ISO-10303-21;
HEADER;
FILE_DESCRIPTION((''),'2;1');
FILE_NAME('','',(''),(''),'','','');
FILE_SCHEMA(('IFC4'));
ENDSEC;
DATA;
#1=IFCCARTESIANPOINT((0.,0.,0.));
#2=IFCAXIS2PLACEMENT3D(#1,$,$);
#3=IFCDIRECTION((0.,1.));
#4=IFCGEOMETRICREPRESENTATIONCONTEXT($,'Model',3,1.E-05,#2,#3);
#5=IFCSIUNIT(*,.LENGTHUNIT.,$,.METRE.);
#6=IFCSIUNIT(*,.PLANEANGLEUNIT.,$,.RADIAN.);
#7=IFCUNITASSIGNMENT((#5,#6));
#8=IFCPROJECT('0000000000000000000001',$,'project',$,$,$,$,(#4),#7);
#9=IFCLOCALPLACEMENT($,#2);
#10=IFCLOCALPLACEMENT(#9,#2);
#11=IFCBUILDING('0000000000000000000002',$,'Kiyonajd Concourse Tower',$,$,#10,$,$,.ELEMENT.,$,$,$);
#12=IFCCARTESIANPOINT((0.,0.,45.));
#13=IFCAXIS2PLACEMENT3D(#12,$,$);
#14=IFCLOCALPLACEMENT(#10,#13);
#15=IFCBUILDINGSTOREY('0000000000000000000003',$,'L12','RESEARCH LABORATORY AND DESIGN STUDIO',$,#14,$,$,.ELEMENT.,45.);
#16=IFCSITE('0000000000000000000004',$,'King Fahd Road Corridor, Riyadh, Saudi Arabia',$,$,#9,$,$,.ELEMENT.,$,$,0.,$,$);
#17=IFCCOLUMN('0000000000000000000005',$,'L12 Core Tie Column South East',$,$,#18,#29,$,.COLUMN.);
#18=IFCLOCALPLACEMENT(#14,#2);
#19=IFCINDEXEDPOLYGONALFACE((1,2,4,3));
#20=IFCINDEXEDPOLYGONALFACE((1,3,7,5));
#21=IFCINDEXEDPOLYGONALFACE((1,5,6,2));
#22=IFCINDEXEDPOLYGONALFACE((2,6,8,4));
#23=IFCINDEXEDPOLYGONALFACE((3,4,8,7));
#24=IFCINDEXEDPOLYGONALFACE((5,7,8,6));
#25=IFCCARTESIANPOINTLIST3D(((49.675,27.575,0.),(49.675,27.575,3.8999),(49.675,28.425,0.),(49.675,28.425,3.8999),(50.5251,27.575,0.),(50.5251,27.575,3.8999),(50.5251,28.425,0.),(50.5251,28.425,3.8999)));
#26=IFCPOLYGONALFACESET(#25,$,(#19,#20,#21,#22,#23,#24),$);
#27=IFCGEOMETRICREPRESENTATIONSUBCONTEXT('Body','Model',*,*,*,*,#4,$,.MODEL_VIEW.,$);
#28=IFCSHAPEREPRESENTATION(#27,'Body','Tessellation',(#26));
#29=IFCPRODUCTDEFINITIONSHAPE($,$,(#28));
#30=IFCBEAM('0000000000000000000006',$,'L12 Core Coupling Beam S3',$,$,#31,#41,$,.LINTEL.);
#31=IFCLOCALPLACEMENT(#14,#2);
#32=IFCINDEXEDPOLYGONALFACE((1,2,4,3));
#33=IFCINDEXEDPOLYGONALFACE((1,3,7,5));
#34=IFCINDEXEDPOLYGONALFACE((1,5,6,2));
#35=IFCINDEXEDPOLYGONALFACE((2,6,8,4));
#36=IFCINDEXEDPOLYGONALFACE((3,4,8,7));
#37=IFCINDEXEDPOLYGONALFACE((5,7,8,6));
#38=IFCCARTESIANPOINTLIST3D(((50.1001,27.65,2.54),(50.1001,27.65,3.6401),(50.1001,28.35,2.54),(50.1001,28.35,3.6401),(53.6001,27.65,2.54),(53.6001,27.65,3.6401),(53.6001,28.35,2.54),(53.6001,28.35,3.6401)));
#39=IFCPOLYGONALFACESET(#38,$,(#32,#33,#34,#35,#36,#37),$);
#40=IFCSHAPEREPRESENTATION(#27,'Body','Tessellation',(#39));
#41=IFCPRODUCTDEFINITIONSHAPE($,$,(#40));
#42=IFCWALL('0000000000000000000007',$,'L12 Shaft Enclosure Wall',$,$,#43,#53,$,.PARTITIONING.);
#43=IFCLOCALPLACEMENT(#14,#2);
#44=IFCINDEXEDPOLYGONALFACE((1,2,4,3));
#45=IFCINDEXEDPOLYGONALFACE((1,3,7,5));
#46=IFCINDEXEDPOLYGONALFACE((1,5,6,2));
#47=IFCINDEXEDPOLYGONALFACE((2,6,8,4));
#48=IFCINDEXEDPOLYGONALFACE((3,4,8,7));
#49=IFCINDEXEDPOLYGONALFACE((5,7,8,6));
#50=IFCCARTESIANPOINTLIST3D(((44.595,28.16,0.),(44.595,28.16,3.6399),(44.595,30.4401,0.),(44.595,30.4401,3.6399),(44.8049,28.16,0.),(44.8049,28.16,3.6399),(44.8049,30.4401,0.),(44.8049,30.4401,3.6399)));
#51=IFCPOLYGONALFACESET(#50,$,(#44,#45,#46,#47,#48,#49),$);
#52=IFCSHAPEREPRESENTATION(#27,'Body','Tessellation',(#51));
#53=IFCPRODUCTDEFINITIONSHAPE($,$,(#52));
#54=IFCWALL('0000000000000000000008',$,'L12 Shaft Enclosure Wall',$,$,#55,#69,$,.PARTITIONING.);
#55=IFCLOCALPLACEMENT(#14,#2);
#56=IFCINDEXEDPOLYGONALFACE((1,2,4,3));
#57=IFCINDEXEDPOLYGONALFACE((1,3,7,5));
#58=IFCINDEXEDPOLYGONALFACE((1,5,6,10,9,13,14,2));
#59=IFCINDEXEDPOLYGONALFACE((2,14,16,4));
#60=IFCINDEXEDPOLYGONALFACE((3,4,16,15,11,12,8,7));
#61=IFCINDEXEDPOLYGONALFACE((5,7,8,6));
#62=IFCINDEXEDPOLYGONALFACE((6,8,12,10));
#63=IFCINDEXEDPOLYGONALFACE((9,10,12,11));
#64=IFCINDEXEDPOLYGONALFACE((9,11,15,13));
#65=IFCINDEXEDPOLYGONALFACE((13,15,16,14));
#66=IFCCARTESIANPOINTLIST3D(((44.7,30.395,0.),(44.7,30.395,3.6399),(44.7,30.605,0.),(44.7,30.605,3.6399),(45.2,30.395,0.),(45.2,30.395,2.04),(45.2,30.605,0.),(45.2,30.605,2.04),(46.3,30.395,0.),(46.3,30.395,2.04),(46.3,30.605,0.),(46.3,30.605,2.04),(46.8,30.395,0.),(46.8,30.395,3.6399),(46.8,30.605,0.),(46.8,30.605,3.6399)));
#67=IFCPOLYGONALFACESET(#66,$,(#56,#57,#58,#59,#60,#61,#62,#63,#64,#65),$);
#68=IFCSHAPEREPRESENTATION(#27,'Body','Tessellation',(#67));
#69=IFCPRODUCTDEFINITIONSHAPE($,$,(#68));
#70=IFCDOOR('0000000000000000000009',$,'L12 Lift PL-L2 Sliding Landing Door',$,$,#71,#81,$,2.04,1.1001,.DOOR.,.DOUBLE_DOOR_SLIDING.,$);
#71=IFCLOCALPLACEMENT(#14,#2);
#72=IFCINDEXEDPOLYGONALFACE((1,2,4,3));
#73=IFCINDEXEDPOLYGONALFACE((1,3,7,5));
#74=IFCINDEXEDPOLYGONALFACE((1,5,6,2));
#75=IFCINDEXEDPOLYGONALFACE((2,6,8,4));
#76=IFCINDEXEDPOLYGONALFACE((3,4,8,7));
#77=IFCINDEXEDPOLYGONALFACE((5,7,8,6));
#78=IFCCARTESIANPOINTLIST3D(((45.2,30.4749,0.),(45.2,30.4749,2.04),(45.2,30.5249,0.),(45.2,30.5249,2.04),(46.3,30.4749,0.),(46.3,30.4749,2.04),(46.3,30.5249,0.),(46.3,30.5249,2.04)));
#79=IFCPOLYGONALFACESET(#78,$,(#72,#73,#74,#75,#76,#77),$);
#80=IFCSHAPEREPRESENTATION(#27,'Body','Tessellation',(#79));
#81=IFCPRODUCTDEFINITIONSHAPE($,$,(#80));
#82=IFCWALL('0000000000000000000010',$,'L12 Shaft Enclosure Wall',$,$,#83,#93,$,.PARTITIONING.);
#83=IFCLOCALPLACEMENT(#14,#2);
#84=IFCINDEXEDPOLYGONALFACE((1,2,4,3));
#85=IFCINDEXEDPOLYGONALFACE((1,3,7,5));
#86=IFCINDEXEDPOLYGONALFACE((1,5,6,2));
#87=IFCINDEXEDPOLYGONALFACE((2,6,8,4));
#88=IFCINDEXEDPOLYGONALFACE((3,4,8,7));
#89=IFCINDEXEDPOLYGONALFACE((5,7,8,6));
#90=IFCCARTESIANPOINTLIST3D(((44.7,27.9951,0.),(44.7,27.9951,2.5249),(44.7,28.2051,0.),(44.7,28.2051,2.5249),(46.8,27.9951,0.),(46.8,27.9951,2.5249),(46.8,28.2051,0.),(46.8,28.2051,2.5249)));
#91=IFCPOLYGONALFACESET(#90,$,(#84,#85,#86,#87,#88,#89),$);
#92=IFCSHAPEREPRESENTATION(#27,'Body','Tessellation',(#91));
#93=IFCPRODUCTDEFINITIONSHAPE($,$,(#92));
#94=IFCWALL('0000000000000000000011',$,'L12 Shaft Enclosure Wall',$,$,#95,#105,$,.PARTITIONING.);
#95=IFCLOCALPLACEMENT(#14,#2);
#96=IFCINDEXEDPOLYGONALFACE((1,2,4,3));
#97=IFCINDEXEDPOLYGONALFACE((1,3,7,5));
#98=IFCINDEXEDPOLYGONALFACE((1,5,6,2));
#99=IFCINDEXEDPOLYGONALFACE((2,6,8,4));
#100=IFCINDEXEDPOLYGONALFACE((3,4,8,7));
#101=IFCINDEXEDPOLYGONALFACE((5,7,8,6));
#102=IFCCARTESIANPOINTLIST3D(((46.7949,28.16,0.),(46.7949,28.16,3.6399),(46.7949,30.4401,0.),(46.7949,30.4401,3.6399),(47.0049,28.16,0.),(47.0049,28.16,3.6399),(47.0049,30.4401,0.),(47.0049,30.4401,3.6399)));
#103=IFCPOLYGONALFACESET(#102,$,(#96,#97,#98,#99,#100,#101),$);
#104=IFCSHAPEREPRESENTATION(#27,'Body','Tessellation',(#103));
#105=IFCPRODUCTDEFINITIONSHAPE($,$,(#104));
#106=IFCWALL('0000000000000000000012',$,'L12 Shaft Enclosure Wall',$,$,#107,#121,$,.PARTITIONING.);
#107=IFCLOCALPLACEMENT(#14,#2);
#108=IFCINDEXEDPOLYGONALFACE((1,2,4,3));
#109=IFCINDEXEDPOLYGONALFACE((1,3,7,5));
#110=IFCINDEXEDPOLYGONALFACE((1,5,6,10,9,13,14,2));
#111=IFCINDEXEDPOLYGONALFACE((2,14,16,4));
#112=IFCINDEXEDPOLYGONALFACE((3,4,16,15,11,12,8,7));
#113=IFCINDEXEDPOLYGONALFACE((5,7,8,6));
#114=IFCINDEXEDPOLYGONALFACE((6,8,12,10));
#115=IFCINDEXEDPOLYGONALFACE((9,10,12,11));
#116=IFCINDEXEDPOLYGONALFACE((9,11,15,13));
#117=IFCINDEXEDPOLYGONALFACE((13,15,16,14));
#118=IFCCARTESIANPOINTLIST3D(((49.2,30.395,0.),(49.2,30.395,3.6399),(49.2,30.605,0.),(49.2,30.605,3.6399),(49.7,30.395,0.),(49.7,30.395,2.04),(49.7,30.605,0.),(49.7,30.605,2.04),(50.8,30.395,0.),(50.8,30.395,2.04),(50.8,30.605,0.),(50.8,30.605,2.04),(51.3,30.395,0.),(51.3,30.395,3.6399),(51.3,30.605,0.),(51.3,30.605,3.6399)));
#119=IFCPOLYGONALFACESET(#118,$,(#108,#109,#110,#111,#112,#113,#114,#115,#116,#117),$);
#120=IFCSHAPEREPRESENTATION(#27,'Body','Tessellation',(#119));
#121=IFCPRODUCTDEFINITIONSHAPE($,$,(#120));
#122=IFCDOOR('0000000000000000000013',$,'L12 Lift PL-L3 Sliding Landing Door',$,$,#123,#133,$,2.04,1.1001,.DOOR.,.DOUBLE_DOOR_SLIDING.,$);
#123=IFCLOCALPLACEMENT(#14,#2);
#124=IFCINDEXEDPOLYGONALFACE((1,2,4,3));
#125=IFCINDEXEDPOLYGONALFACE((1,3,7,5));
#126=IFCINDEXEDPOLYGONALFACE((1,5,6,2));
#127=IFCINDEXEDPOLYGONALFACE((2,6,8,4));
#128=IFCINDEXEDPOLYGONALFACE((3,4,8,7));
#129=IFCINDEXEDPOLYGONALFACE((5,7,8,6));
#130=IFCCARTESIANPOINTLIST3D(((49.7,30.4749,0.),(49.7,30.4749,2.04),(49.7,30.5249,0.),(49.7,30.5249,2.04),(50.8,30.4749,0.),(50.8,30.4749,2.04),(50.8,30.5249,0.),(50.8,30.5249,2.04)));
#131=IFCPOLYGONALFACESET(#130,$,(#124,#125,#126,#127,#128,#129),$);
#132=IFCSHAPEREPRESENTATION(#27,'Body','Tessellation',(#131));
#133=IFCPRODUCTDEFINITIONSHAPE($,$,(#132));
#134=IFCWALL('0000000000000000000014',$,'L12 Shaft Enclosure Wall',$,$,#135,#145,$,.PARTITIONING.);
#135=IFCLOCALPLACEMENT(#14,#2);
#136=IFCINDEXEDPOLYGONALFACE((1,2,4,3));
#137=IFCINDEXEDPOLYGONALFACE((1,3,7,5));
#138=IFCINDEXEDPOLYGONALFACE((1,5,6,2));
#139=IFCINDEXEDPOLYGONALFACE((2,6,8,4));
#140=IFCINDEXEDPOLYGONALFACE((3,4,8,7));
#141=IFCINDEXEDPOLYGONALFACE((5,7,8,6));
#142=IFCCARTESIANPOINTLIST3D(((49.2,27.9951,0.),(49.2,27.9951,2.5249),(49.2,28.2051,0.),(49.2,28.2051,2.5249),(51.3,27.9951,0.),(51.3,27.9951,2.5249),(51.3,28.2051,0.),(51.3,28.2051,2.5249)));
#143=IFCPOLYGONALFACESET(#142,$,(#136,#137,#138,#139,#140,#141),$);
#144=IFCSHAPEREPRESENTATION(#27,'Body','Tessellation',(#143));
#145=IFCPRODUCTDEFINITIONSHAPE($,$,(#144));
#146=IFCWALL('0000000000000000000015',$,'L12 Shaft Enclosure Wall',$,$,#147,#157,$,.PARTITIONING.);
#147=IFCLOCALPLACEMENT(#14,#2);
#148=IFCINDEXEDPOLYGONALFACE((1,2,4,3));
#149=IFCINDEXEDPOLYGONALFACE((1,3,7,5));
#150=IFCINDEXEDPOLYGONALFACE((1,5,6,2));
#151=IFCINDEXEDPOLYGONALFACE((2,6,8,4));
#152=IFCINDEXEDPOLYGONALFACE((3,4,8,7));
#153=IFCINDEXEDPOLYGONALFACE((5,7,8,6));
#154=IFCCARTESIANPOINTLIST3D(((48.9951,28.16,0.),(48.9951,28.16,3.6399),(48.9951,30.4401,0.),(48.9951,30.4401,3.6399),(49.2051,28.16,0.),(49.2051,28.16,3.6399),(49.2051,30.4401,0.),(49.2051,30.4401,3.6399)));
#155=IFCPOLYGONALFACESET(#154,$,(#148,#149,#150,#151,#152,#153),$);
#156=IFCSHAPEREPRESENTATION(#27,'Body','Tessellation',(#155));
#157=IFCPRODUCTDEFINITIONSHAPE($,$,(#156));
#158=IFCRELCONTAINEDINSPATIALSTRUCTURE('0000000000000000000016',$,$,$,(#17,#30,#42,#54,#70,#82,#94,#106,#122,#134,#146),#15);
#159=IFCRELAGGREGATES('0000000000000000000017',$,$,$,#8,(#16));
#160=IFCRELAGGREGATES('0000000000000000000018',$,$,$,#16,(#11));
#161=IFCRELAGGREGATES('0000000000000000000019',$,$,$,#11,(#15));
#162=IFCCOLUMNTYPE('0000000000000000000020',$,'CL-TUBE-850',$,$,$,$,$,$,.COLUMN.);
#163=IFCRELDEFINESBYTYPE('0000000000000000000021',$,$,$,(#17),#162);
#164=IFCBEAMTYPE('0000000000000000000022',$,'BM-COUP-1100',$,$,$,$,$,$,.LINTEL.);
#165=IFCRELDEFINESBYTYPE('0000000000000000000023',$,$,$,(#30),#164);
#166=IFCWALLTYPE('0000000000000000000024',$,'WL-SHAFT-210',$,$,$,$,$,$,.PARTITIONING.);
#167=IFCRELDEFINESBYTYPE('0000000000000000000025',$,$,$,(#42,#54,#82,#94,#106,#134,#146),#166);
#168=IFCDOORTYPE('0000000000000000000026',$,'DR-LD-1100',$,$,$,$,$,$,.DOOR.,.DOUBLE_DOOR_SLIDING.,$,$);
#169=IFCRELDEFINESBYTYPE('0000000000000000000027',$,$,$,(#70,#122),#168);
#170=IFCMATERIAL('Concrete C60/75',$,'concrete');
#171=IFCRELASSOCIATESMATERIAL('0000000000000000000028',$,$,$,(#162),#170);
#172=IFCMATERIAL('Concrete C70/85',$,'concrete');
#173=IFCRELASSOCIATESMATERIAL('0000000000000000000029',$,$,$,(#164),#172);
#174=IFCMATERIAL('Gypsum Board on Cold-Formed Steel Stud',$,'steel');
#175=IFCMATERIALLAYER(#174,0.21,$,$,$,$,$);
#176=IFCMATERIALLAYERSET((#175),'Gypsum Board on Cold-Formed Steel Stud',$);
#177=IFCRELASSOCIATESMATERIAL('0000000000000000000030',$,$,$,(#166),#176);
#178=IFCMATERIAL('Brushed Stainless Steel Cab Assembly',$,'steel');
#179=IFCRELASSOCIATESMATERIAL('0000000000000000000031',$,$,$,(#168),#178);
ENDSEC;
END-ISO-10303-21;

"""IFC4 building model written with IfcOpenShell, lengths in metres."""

from ifc_helpers import new_model, si_unit, direction, frame, frame_2d, origin, origin_2d, place, context, subcontext, project, spatial, rectangle, extrude, material, layer, layer_set, material_profile, profile_set, type_object, element, fill, save


model = new_model("IFC4")

# Units and contexts
model_context = context("Model", 3, precision=1e-05, world=origin(), true_north=direction((0.0, 1.0)))
body_context = subcontext(model_context, "Body", "Model", "MODEL_VIEW")
ifc_project = project(units=[si_unit("LENGTHUNIT", "METRE"), si_unit("PLANEANGLEUNIT", "RADIAN")], contexts=[model_context])

# Site, building, storey
site_placement = place(None, origin())
site = spatial("IfcSite", under=ifc_project, at=site_placement, Name="King Fahd Road Corridor, Riyadh, Saudi Arabia", CompositionType="ELEMENT", RefElevation=0.0)
building_placement = place(site_placement, origin())
building = spatial("IfcBuilding", under=site, at=building_placement, Name="Kiyonajd Concourse Tower", CompositionType="ELEMENT")
storey_placement = place(building_placement, frame((0.0, 0.0, 45.0)))
storey = spatial("IfcBuildingStorey", under=building, at=storey_placement, Name="L12", Description="RESEARCH LABORATORY AND DESIGN STUDIO", CompositionType="ELEMENT", Elevation=45.0)

# Column
ifc_material_1 = material(Name="Concrete C60/75", Category="concrete")
ifc_material_profile_1 = material_profile(ifc_material_1, rectangle(XDim=0.8501, YDim=0.8501, at=origin_2d()), Name="RC-850x850")
ifc_profile_set_1 = profile_set([ifc_material_profile_1], Name="Concrete C60/75")
column_type = type_object("IfcColumnType", Name="CL-TUBE-850", PredefinedType="COLUMN", material=ifc_profile_set_1)
column_placement = place(storey_placement, frame((50.1001, 28.0, 0.0), z_axis=(0.0, 0.0, 1.0), x_axis=(1.0, 0.0, 0.0)))
element("IfcColumn", 1, at=column_placement, inside=storey, type_object=column_type, Name="L12 Core Tie Column South East", PredefinedType="COLUMN", context=body_context, shape_type="SweptSolid", body=[
    extrude(rectangle(XDim=0.8501, YDim=0.8501, at=origin_2d()), origin(), (0.0, 0.0, 1.0), 3.8999),
])

# Beam
ifc_material_2 = material(Name="Concrete C70/85", Category="concrete")
ifc_material_profile_2 = material_profile(ifc_material_2, rectangle(XDim=0.7, YDim=1.1001, at=origin_2d()), Name="RCBM-700x1100")
ifc_profile_set_2 = profile_set([ifc_material_profile_2], Name="Concrete C70/85")
beam_type = type_object("IfcBeamType", Name="BM-COUP-1100", PredefinedType="LINTEL", material=ifc_profile_set_2)
beam_placement = place(storey_placement, frame((50.1001, 28.0, 3.0901), z_axis=(1.0, 0.0, 0.0), x_axis=(0.0, 1.0, 0.0)))
element("IfcBeam", 2, at=beam_placement, inside=storey, type_object=beam_type, Name="L12 Core Coupling Beam S3", PredefinedType="LINTEL", context=body_context, shape_type="SweptSolid", body=[
    extrude(rectangle(XDim=0.7, YDim=1.1001, at=origin_2d()), origin(), (0.0, 0.0, 1.0), 3.5),
])

# Wall
ifc_material_3 = material(Name="Gypsum Board on Cold-Formed Steel Stud", Category="steel")
ifc_layer_1 = layer(ifc_material_3, 0.21)
ifc_layer_set_1 = layer_set([ifc_layer_1], Name="Gypsum Board on Cold-Formed Steel Stud")
wall_type_1 = type_object("IfcWallType", Name="WL-SHAFT-210", PredefinedType="PARTITIONING", material=ifc_layer_set_1)
wall_1_placement = place(storey_placement, frame((44.7, 28.1599, 0.0), z_axis=(0.0, 0.0, 1.0), x_axis=(0.0, 1.0, 0.0)))
element("IfcWall", 3, at=wall_1_placement, inside=storey, type_object=wall_type_1, Name="L12 Shaft Enclosure Wall", PredefinedType="PARTITIONING", context=body_context, shape_type="SweptSolid", body=[
    extrude(rectangle(XDim=2.28, YDim=0.21, at=frame_2d((1.1401, 0.0))), origin(), (0.0, 0.0, 1.0), 3.6399),
])

# Wall, opening, door
wall_2_placement = place(storey_placement, frame((44.7, 30.5, 0.0), z_axis=(0.0, 0.0, 1.0), x_axis=(1.0, 0.0, 0.0)))
wall_2 = element("IfcWall", 4, at=wall_2_placement, inside=storey, type_object=wall_type_1, Name="L12 Shaft Enclosure Wall", PredefinedType="PARTITIONING", context=body_context, shape_type="SweptSolid", body=[
    extrude(rectangle(XDim=2.1001, YDim=0.21, at=frame_2d((1.05, 0.0))), origin(), (0.0, 0.0, 1.0), 3.6399),
])
opening_1_placement = place(wall_2_placement, frame((0.5, 0.0, 0.0)))
opening_1 = element("IfcOpeningElement", 5, at=opening_1_placement, cuts=wall_2, PredefinedType="OPENING", context=body_context, shape_type="SweptSolid", body=[
    extrude(rectangle(XDim=1.1001, YDim=2.04, at=frame_2d((0.55, 1.02))), frame((0.0, 0.115, 0.0), z_axis=(0.0, -1.0, 0.0), x_axis=(1.0, 0.0, 0.0)), (0.0, 0.0, 1.0), 0.23),
])
ifc_material_4 = material(Name="Brushed Stainless Steel Cab Assembly", Category="steel")
door_type_1 = type_object("IfcDoorType", Name="DR-LD-1100", OperationType="DOUBLE_DOOR_SLIDING", PredefinedType="DOOR", material=ifc_material_4)
door_1_placement = place(opening_1_placement, origin())
door_1 = element("IfcDoor", 6, at=door_1_placement, inside=storey, type_object=door_type_1, Name="L12 Lift PL-L2 Sliding Landing Door", OperationType="DOUBLE_DOOR_SLIDING", OverallHeight=2.04, OverallWidth=1.1001, PredefinedType="DOOR", context=body_context, shape_type="SweptSolid", body=[
    extrude(rectangle(XDim=1.1001, YDim=2.04, at=frame_2d((0.55, 1.02))), frame((0.0, 0.0249, 0.0), z_axis=(0.0, -1.0, 0.0), x_axis=(1.0, 0.0, 0.0)), (0.0, 0.0, 1.0), 0.05),
])
fill(opening_1, door_1)

# Walls
wall_3_placement = place(storey_placement, frame((44.7, 28.1001, 0.0), z_axis=(0.0, 0.0, 1.0), x_axis=(1.0, 0.0, 0.0)))
element("IfcWall", 7, at=wall_3_placement, inside=storey, type_object=wall_type_1, Name="L12 Shaft Enclosure Wall", PredefinedType="PARTITIONING", context=body_context, shape_type="SweptSolid", body=[
    extrude(rectangle(XDim=2.1001, YDim=0.21, at=frame_2d((1.05, 0.0))), origin(), (0.0, 0.0, 1.0), 2.5249),
])
wall_4_placement = place(storey_placement, frame((46.8999, 28.1599, 0.0), z_axis=(0.0, 0.0, 1.0), x_axis=(0.0, 1.0, 0.0)))
element("IfcWall", 8, at=wall_4_placement, inside=storey, type_object=wall_type_1, Name="L12 Shaft Enclosure Wall", PredefinedType="PARTITIONING", context=body_context, shape_type="SweptSolid", body=[
    extrude(rectangle(XDim=2.28, YDim=0.21, at=frame_2d((1.1401, 0.0))), origin(), (0.0, 0.0, 1.0), 3.6399),
])

# Wall, opening, door
wall_5_placement = place(storey_placement, frame((49.2, 30.5, 0.0), z_axis=(0.0, 0.0, 1.0), x_axis=(1.0, 0.0, 0.0)))
wall_5 = element("IfcWall", 9, at=wall_5_placement, inside=storey, type_object=wall_type_1, Name="L12 Shaft Enclosure Wall", PredefinedType="PARTITIONING", context=body_context, shape_type="SweptSolid", body=[
    extrude(rectangle(XDim=2.1001, YDim=0.21, at=frame_2d((1.05, 0.0))), origin(), (0.0, 0.0, 1.0), 3.6399),
])
opening_2_placement = place(wall_5_placement, frame((0.5, 0.0, 0.0)))
opening_2 = element("IfcOpeningElement", 10, at=opening_2_placement, cuts=wall_5, PredefinedType="OPENING", context=body_context, shape_type="SweptSolid", body=[
    extrude(rectangle(XDim=1.1001, YDim=2.04, at=frame_2d((0.55, 1.02))), frame((0.0, 0.115, 0.0), z_axis=(0.0, -1.0, 0.0), x_axis=(1.0, 0.0, 0.0)), (0.0, 0.0, 1.0), 0.23),
])
door_2_placement = place(opening_2_placement, origin())
door_2 = element("IfcDoor", 11, at=door_2_placement, inside=storey, type_object=door_type_1, Name="L12 Lift PL-L3 Sliding Landing Door", OperationType="DOUBLE_DOOR_SLIDING", OverallHeight=2.04, OverallWidth=1.1001, PredefinedType="DOOR", context=body_context, shape_type="SweptSolid", body=[
    extrude(rectangle(XDim=1.1001, YDim=2.04, at=frame_2d((0.55, 1.02))), frame((0.0, 0.0249, 0.0), z_axis=(0.0, -1.0, 0.0), x_axis=(1.0, 0.0, 0.0)), (0.0, 0.0, 1.0), 0.05),
])
fill(opening_2, door_2)

# Walls
wall_6_placement = place(storey_placement, frame((49.2, 28.1001, 0.0), z_axis=(0.0, 0.0, 1.0), x_axis=(1.0, 0.0, 0.0)))
element("IfcWall", 12, at=wall_6_placement, inside=storey, type_object=wall_type_1, Name="L12 Shaft Enclosure Wall", PredefinedType="PARTITIONING", context=body_context, shape_type="SweptSolid", body=[
    extrude(rectangle(XDim=2.1001, YDim=0.21, at=frame_2d((1.05, 0.0))), origin(), (0.0, 0.0, 1.0), 2.5249),
])
wall_7_placement = place(storey_placement, frame((49.1001, 28.1599, 0.0), z_axis=(0.0, 0.0, 1.0), x_axis=(0.0, 1.0, 0.0)))
element("IfcWall", 13, at=wall_7_placement, inside=storey, type_object=wall_type_1, Name="L12 Shaft Enclosure Wall", PredefinedType="PARTITIONING", context=body_context, shape_type="SweptSolid", body=[
    extrude(rectangle(XDim=2.28, YDim=0.21, at=frame_2d((1.1401, 0.0))), origin(), (0.0, 0.0, 1.0), 3.6399),
])

save(model, "model.ifc")
